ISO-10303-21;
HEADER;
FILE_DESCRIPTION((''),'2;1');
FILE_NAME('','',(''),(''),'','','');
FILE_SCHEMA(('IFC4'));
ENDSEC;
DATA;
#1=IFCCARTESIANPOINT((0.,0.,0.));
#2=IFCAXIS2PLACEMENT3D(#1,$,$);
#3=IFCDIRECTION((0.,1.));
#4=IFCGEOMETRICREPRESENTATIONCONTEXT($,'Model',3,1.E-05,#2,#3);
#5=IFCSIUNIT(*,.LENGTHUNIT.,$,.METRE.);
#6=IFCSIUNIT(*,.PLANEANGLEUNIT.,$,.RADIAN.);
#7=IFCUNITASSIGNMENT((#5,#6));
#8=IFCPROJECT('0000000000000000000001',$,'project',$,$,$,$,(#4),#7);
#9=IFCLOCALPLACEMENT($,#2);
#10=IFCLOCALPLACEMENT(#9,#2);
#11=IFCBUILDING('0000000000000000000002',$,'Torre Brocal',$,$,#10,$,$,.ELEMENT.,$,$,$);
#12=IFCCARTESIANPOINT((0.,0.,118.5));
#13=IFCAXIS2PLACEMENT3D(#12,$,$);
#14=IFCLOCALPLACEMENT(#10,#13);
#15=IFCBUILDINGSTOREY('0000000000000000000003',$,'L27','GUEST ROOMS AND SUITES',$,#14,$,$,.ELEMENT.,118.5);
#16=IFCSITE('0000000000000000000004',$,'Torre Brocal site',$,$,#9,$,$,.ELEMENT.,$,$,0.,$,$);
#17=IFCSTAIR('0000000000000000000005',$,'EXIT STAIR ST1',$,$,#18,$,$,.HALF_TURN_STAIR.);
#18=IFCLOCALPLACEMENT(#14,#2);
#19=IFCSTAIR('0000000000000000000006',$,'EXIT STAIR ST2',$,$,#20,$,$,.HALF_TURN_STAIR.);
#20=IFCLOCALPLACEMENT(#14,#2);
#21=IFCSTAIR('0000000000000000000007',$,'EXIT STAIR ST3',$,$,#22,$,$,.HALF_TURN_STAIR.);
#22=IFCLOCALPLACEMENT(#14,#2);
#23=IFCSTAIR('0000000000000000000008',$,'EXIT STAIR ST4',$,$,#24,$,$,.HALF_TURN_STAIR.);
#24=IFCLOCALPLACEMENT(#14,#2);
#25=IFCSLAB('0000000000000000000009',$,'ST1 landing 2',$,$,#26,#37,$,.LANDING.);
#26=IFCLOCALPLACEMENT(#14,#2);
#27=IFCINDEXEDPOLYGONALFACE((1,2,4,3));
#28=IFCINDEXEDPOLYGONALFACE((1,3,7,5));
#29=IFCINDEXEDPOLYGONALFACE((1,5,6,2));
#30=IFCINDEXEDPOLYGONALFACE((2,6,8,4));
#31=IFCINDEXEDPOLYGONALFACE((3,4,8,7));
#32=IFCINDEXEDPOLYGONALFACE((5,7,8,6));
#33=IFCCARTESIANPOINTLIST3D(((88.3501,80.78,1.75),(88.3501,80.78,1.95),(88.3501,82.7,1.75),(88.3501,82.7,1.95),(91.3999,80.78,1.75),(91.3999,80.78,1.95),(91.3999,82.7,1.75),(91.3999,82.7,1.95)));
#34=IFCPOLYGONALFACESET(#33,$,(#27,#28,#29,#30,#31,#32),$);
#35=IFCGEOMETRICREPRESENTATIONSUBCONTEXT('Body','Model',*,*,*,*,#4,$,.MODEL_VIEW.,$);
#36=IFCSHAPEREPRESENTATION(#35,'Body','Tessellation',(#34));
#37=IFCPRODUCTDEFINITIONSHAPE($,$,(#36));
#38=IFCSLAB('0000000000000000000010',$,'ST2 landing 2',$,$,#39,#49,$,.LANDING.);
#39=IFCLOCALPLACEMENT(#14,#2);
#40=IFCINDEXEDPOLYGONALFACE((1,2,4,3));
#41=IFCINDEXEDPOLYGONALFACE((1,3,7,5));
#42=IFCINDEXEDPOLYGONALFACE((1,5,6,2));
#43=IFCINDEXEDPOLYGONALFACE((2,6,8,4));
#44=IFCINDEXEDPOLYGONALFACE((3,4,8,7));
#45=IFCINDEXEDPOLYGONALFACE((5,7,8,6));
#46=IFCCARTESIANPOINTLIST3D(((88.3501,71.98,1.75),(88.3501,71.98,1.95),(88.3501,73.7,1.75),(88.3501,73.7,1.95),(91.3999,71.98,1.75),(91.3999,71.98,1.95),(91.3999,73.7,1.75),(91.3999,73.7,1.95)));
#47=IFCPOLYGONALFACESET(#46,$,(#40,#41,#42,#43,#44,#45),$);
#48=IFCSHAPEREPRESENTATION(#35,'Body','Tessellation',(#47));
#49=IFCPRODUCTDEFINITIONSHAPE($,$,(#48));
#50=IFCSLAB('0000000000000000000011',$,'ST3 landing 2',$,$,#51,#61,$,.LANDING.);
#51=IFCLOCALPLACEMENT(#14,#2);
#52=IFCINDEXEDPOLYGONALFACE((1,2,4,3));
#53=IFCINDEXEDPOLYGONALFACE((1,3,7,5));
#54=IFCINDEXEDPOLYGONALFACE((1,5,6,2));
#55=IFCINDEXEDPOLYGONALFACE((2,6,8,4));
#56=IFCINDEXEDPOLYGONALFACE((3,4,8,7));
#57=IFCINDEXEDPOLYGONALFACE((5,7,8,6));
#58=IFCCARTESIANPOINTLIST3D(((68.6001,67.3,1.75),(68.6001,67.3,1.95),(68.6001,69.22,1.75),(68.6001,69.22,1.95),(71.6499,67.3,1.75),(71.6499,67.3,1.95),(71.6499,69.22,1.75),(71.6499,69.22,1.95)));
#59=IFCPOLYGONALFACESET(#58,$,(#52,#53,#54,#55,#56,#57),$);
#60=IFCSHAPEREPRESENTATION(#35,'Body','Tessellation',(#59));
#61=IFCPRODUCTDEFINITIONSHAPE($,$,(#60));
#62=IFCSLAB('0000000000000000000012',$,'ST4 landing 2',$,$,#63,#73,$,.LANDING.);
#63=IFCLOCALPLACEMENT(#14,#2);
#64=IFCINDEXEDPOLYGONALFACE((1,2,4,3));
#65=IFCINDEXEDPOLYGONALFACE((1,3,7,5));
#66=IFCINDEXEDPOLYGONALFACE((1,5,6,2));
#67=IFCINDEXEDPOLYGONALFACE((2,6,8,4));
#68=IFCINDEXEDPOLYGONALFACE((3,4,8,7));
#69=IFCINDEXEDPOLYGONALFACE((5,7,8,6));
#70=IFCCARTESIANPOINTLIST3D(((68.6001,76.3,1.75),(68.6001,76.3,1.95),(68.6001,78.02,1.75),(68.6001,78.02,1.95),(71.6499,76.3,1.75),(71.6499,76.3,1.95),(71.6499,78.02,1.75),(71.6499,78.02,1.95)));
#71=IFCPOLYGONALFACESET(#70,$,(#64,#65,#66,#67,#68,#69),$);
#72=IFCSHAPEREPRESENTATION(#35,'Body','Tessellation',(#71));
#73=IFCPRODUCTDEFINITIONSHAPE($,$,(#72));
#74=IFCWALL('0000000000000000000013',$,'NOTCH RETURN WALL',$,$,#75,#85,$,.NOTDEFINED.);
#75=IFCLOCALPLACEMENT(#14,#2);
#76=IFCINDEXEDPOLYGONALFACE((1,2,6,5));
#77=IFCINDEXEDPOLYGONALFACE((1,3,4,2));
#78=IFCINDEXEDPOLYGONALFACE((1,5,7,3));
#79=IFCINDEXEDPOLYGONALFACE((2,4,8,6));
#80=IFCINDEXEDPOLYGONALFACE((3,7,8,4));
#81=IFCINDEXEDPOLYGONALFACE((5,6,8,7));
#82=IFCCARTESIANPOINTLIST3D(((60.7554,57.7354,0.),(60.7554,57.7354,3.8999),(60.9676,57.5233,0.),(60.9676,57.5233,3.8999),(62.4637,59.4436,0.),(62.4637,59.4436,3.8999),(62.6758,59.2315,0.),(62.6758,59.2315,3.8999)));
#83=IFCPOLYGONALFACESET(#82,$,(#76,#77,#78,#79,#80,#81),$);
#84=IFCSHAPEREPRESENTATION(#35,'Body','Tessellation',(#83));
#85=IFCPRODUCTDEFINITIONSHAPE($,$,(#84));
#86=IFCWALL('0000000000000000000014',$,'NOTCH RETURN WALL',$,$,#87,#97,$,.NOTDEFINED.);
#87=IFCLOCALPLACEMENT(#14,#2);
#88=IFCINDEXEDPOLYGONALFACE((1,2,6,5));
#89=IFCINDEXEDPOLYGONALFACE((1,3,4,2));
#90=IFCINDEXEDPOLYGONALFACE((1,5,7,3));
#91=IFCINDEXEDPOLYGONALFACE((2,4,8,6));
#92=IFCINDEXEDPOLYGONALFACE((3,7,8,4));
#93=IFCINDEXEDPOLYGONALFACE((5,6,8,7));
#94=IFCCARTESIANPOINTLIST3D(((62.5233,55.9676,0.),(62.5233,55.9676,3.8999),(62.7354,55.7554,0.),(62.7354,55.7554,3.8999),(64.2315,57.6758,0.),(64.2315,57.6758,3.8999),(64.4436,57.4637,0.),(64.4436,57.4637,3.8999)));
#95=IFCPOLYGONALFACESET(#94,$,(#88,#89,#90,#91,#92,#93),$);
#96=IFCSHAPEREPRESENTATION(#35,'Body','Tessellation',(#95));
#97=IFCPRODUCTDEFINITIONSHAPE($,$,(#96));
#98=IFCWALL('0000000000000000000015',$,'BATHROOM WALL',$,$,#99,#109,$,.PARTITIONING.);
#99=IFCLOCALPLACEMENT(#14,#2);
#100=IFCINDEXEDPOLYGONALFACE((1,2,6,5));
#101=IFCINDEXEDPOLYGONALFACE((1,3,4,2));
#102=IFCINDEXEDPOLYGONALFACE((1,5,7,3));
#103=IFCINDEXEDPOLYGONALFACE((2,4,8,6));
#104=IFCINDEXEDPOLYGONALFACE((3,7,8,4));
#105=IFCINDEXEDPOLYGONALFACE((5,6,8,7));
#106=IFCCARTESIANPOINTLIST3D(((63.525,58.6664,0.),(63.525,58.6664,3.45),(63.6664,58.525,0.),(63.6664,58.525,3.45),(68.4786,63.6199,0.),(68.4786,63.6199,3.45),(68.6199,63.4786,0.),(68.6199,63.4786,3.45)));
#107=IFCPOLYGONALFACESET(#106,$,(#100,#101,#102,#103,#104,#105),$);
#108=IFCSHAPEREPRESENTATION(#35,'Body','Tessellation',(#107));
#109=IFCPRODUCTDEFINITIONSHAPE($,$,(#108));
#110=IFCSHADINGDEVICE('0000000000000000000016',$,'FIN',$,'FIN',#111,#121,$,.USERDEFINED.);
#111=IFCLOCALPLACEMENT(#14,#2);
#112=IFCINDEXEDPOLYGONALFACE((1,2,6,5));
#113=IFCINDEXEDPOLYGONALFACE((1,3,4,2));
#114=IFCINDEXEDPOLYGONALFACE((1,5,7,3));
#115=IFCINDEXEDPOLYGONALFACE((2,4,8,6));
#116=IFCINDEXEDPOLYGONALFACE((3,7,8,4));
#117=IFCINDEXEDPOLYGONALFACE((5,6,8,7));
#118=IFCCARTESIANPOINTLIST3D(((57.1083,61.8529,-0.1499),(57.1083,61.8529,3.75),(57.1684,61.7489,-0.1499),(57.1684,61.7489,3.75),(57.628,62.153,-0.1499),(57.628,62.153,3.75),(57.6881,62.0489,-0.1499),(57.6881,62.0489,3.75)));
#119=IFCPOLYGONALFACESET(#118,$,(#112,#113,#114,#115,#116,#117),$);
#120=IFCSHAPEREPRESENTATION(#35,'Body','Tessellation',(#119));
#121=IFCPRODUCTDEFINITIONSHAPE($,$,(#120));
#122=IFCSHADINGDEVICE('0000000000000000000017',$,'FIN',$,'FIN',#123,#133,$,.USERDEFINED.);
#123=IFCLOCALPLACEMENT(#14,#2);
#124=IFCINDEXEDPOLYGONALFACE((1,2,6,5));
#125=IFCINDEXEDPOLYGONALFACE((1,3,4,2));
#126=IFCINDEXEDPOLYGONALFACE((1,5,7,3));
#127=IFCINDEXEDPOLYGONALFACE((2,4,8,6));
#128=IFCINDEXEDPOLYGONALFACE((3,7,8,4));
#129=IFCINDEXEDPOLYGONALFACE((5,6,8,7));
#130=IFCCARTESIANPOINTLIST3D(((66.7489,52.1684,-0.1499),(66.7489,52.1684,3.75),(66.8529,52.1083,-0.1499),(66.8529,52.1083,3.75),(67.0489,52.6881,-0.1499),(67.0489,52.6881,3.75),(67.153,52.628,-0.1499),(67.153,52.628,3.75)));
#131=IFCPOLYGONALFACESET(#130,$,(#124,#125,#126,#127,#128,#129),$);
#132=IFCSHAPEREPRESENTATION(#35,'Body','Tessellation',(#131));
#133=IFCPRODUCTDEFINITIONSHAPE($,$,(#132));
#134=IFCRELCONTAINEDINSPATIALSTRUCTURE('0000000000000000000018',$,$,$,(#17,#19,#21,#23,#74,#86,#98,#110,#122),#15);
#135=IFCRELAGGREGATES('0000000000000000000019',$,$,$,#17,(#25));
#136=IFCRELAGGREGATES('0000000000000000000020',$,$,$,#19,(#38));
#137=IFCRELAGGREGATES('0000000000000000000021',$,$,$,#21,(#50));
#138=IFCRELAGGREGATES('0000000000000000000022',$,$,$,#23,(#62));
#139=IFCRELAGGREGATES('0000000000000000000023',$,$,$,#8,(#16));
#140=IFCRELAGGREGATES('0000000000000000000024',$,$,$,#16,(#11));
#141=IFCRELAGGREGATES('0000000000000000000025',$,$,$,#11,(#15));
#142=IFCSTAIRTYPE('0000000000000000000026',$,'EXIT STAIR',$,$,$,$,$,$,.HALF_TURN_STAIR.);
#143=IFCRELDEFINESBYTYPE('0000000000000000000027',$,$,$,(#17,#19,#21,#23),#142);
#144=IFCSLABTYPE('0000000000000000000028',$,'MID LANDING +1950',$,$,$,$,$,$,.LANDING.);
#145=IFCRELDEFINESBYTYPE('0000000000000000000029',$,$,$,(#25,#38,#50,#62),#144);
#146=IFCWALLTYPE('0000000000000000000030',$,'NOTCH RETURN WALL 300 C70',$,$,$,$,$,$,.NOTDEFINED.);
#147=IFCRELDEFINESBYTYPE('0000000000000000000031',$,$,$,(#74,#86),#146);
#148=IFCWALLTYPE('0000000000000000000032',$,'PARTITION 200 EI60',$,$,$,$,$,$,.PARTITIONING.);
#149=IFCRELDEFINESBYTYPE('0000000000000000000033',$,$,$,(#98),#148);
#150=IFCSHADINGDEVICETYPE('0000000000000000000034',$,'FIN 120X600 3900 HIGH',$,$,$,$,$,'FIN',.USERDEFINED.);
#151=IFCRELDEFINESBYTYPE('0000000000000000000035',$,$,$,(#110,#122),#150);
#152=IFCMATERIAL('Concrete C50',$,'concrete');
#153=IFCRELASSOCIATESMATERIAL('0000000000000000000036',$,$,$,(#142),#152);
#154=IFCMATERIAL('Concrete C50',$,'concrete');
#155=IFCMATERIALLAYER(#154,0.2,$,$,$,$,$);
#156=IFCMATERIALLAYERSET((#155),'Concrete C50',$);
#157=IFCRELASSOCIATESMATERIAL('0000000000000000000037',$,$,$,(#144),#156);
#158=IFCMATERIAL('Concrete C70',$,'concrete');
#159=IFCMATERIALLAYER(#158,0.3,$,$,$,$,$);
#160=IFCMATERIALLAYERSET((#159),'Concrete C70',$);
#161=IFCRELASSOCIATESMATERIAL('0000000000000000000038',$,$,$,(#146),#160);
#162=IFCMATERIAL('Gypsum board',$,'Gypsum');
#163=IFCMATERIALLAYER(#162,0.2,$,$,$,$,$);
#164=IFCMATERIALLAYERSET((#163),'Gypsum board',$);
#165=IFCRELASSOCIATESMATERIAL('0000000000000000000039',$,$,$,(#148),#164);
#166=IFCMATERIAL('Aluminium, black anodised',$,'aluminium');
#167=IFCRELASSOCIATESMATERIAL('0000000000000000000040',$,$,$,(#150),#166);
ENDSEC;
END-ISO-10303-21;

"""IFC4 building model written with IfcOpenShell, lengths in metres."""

from ifc_helpers import new_model, si_unit, direction, frame, frame_2d, origin, origin_2d, place, context, subcontext, project, spatial, polyline, rectangle, outline, extrude, material, layer, layer_set, material_profile, profile_set, type_object, element, aggregate, save


model = new_model("IFC4")

# Units and contexts
model_context = context("Model", 3, precision=1e-05, world=origin(), true_north=direction((0.0, 1.0)))
body_context = subcontext(model_context, "Body", "Model", "MODEL_VIEW")
ifc_project = project(units=[si_unit("LENGTHUNIT", "METRE"), si_unit("PLANEANGLEUNIT", "RADIAN")], contexts=[model_context])

# Site, building, storey
site_placement = place(None, origin())
site = spatial("IfcSite", under=ifc_project, at=site_placement, Name="Torre Brocal site", CompositionType="ELEMENT", RefElevation=0.0)
building_placement = place(site_placement, origin())
building = spatial("IfcBuilding", under=site, at=building_placement, Name="Torre Brocal", CompositionType="ELEMENT")
storey_placement = place(building_placement, frame((0.0, 0.0, 118.5)))
storey = spatial("IfcBuildingStorey", under=building, at=storey_placement, Name="L27", Description="GUEST ROOMS AND SUITES", CompositionType="ELEMENT", Elevation=118.5)

# Stairs
ifc_material_1 = material(Name="Concrete C50", Category="concrete")
stair_type = type_object("IfcStairType", Name="EXIT STAIR", PredefinedType="HALF_TURN_STAIR", material=ifc_material_1)
stair_1_placement = place(storey_placement, origin())
stair_1 = element("IfcStair", 1, at=stair_1_placement, inside=storey, type_object=stair_type, Name="EXIT STAIR ST1", PredefinedType="HALF_TURN_STAIR")
stair_2_placement = place(storey_placement, origin())
stair_2 = element("IfcStair", 2, at=stair_2_placement, inside=storey, type_object=stair_type, Name="EXIT STAIR ST2", PredefinedType="HALF_TURN_STAIR")
stair_3_placement = place(storey_placement, origin())
stair_3 = element("IfcStair", 3, at=stair_3_placement, inside=storey, type_object=stair_type, Name="EXIT STAIR ST3", PredefinedType="HALF_TURN_STAIR")
stair_4_placement = place(storey_placement, origin())
stair_4 = element("IfcStair", 4, at=stair_4_placement, inside=storey, type_object=stair_type, Name="EXIT STAIR ST4", PredefinedType="HALF_TURN_STAIR")

# Slabs
ifc_material_2 = material(Name="Concrete C50", Category="concrete")
ifc_layer_1 = layer(ifc_material_2, 0.2)
ifc_layer_set_1 = layer_set([ifc_layer_1], Name="Concrete C50")
slab_type_1 = type_object("IfcSlabType", Name="MID LANDING +1950", PredefinedType="LANDING", material=ifc_layer_set_1)
slab_1_placement = place(storey_placement, frame((0.0, 0.0, 1.75)))
slab_1 = element("IfcSlab", 5, at=slab_1_placement, type_object=slab_type_1, Name="ST1 landing 2", PredefinedType="LANDING", context=body_context, shape_type="SweptSolid", body=[
    extrude(outline(polyline([(88.3501, 80.78), (91.3999, 80.78), (91.3999, 82.7), (88.3501, 82.7), (88.3501, 80.78)])), origin(), (0.0, 0.0, 1.0), 0.2),
])
aggregate(stair_1, [slab_1])
slab_2_placement = place(storey_placement, frame((0.0, 0.0, 1.75)))
slab_2 = element("IfcSlab", 6, at=slab_2_placement, type_object=slab_type_1, Name="ST2 landing 2", PredefinedType="LANDING", context=body_context, shape_type="SweptSolid", body=[
    extrude(outline(polyline([(88.3501, 71.98), (91.3999, 71.98), (91.3999, 73.7), (88.3501, 73.7), (88.3501, 71.98)])), origin(), (0.0, 0.0, 1.0), 0.2),
])
aggregate(stair_2, [slab_2])
slab_3_placement = place(storey_placement, frame((0.0, 0.0, 1.75)))
slab_3 = element("IfcSlab", 7, at=slab_3_placement, type_object=slab_type_1, Name="ST3 landing 2", PredefinedType="LANDING", context=body_context, shape_type="SweptSolid", body=[
    extrude(outline(polyline([(71.6499, 69.22), (68.6001, 69.22), (68.6001, 67.3), (71.6499, 67.3), (71.6499, 69.22)])), origin(), (0.0, 0.0, 1.0), 0.2),
])
aggregate(stair_3, [slab_3])
slab_4_placement = place(storey_placement, frame((0.0, 0.0, 1.75)))
slab_4 = element("IfcSlab", 8, at=slab_4_placement, type_object=slab_type_1, Name="ST4 landing 2", PredefinedType="LANDING", context=body_context, shape_type="SweptSolid", body=[
    extrude(outline(polyline([(71.6499, 78.02), (68.6001, 78.02), (68.6001, 76.3), (71.6499, 76.3), (71.6499, 78.02)])), origin(), (0.0, 0.0, 1.0), 0.2),
])
aggregate(stair_4, [slab_4])

# Walls
ifc_material_3 = material(Name="Concrete C70", Category="concrete")
ifc_layer_2 = layer(ifc_material_3, 0.3)
ifc_layer_set_2 = layer_set([ifc_layer_2], Name="Concrete C70")
wall_type_1 = type_object("IfcWallType", Name="NOTCH RETURN WALL 300 C70", PredefinedType="NOTDEFINED", material=ifc_layer_set_2)
for number, where, z_axis, x_axis, name in (
    (9, (62.5698, 59.3376, 0.0), (0.0, 0.0, 1.0), (-0.707107, -0.707107, 0.0), "NOTCH RETURN WALL"),
    (10, (64.3376, 57.5698, 0.0), (0.0, 0.0, 1.0), (-0.707107, -0.707107, 0.0), "NOTCH RETURN WALL"),
):
    element("IfcWall", number, at=place(storey_placement, frame(where, z_axis=z_axis, x_axis=x_axis)), inside=storey, type_object=wall_type_1, Name=name, PredefinedType="NOTDEFINED", context=body_context, shape_type="SweptSolid", body=[
        extrude(rectangle(XDim=2.4158, YDim=0.3, at=frame_2d((1.208, 0.0))), origin(), (0.0, 0.0, 1.0), 3.8999),
    ])
ifc_material_4 = material(Name="Gypsum board", Category="Gypsum")
ifc_layer_3 = layer(ifc_material_4, 0.2)
ifc_layer_set_3 = layer_set([ifc_layer_3], Name="Gypsum board")
wall_type_2 = type_object("IfcWallType", Name="PARTITION 200 EI60", PredefinedType="PARTITIONING", material=ifc_layer_set_3)
wall_placement = place(storey_placement, frame((63.5957, 58.5957, 0.0), z_axis=(0.0, 0.0, 1.0), x_axis=(0.707107, 0.707107, 0.0)))
element("IfcWall", 11, at=wall_placement, inside=storey, type_object=wall_type_2, Name="BATHROOM WALL", PredefinedType="PARTITIONING", context=body_context, shape_type="SweptSolid", body=[
    extrude(rectangle(XDim=7.0054, YDim=0.2, at=frame_2d((3.5027, 0.0))), origin(), (0.0, 0.0, 1.0), 3.45),
])

# Shading devices
ifc_material_5 = material(Name="Aluminium, black anodised", Category="aluminium")
ifc_material_profile_1 = material_profile(ifc_material_5, rectangle(XDim=0.1201, YDim=0.6001, at=origin_2d()), Name="FIN 120X600 3900 HIGH")
ifc_profile_set_1 = profile_set([ifc_material_profile_1], Name="Aluminium, black anodised")
shading_device_type = type_object("IfcShadingDeviceType", Name="FIN 120X600 3900 HIGH", ElementType="FIN", PredefinedType="USERDEFINED", material=ifc_profile_set_1)
for number, where, z_axis, x_axis, name in (
    (12, (57.3982, 61.9509, -0.1499), (0.0, 0.0, 1.0), (0.5, -0.866025, 0.0), "FIN"),
    (13, (66.9509, 52.3982, -0.1499), (0.0, 0.0, 1.0), (0.866025, -0.5, 0.0), "FIN"),
):
    element("IfcShadingDevice", number, at=place(storey_placement, frame(where, z_axis=z_axis, x_axis=x_axis)), inside=storey, type_object=shading_device_type, Name=name, ObjectType="FIN", PredefinedType="USERDEFINED", context=body_context, shape_type="SweptSolid", body=[
        extrude(rectangle(XDim=0.1201, YDim=0.6001, at=origin_2d()), origin(), (0.0, 0.0, 1.0), 3.8999),
    ])

save(model, "model.ifc")
